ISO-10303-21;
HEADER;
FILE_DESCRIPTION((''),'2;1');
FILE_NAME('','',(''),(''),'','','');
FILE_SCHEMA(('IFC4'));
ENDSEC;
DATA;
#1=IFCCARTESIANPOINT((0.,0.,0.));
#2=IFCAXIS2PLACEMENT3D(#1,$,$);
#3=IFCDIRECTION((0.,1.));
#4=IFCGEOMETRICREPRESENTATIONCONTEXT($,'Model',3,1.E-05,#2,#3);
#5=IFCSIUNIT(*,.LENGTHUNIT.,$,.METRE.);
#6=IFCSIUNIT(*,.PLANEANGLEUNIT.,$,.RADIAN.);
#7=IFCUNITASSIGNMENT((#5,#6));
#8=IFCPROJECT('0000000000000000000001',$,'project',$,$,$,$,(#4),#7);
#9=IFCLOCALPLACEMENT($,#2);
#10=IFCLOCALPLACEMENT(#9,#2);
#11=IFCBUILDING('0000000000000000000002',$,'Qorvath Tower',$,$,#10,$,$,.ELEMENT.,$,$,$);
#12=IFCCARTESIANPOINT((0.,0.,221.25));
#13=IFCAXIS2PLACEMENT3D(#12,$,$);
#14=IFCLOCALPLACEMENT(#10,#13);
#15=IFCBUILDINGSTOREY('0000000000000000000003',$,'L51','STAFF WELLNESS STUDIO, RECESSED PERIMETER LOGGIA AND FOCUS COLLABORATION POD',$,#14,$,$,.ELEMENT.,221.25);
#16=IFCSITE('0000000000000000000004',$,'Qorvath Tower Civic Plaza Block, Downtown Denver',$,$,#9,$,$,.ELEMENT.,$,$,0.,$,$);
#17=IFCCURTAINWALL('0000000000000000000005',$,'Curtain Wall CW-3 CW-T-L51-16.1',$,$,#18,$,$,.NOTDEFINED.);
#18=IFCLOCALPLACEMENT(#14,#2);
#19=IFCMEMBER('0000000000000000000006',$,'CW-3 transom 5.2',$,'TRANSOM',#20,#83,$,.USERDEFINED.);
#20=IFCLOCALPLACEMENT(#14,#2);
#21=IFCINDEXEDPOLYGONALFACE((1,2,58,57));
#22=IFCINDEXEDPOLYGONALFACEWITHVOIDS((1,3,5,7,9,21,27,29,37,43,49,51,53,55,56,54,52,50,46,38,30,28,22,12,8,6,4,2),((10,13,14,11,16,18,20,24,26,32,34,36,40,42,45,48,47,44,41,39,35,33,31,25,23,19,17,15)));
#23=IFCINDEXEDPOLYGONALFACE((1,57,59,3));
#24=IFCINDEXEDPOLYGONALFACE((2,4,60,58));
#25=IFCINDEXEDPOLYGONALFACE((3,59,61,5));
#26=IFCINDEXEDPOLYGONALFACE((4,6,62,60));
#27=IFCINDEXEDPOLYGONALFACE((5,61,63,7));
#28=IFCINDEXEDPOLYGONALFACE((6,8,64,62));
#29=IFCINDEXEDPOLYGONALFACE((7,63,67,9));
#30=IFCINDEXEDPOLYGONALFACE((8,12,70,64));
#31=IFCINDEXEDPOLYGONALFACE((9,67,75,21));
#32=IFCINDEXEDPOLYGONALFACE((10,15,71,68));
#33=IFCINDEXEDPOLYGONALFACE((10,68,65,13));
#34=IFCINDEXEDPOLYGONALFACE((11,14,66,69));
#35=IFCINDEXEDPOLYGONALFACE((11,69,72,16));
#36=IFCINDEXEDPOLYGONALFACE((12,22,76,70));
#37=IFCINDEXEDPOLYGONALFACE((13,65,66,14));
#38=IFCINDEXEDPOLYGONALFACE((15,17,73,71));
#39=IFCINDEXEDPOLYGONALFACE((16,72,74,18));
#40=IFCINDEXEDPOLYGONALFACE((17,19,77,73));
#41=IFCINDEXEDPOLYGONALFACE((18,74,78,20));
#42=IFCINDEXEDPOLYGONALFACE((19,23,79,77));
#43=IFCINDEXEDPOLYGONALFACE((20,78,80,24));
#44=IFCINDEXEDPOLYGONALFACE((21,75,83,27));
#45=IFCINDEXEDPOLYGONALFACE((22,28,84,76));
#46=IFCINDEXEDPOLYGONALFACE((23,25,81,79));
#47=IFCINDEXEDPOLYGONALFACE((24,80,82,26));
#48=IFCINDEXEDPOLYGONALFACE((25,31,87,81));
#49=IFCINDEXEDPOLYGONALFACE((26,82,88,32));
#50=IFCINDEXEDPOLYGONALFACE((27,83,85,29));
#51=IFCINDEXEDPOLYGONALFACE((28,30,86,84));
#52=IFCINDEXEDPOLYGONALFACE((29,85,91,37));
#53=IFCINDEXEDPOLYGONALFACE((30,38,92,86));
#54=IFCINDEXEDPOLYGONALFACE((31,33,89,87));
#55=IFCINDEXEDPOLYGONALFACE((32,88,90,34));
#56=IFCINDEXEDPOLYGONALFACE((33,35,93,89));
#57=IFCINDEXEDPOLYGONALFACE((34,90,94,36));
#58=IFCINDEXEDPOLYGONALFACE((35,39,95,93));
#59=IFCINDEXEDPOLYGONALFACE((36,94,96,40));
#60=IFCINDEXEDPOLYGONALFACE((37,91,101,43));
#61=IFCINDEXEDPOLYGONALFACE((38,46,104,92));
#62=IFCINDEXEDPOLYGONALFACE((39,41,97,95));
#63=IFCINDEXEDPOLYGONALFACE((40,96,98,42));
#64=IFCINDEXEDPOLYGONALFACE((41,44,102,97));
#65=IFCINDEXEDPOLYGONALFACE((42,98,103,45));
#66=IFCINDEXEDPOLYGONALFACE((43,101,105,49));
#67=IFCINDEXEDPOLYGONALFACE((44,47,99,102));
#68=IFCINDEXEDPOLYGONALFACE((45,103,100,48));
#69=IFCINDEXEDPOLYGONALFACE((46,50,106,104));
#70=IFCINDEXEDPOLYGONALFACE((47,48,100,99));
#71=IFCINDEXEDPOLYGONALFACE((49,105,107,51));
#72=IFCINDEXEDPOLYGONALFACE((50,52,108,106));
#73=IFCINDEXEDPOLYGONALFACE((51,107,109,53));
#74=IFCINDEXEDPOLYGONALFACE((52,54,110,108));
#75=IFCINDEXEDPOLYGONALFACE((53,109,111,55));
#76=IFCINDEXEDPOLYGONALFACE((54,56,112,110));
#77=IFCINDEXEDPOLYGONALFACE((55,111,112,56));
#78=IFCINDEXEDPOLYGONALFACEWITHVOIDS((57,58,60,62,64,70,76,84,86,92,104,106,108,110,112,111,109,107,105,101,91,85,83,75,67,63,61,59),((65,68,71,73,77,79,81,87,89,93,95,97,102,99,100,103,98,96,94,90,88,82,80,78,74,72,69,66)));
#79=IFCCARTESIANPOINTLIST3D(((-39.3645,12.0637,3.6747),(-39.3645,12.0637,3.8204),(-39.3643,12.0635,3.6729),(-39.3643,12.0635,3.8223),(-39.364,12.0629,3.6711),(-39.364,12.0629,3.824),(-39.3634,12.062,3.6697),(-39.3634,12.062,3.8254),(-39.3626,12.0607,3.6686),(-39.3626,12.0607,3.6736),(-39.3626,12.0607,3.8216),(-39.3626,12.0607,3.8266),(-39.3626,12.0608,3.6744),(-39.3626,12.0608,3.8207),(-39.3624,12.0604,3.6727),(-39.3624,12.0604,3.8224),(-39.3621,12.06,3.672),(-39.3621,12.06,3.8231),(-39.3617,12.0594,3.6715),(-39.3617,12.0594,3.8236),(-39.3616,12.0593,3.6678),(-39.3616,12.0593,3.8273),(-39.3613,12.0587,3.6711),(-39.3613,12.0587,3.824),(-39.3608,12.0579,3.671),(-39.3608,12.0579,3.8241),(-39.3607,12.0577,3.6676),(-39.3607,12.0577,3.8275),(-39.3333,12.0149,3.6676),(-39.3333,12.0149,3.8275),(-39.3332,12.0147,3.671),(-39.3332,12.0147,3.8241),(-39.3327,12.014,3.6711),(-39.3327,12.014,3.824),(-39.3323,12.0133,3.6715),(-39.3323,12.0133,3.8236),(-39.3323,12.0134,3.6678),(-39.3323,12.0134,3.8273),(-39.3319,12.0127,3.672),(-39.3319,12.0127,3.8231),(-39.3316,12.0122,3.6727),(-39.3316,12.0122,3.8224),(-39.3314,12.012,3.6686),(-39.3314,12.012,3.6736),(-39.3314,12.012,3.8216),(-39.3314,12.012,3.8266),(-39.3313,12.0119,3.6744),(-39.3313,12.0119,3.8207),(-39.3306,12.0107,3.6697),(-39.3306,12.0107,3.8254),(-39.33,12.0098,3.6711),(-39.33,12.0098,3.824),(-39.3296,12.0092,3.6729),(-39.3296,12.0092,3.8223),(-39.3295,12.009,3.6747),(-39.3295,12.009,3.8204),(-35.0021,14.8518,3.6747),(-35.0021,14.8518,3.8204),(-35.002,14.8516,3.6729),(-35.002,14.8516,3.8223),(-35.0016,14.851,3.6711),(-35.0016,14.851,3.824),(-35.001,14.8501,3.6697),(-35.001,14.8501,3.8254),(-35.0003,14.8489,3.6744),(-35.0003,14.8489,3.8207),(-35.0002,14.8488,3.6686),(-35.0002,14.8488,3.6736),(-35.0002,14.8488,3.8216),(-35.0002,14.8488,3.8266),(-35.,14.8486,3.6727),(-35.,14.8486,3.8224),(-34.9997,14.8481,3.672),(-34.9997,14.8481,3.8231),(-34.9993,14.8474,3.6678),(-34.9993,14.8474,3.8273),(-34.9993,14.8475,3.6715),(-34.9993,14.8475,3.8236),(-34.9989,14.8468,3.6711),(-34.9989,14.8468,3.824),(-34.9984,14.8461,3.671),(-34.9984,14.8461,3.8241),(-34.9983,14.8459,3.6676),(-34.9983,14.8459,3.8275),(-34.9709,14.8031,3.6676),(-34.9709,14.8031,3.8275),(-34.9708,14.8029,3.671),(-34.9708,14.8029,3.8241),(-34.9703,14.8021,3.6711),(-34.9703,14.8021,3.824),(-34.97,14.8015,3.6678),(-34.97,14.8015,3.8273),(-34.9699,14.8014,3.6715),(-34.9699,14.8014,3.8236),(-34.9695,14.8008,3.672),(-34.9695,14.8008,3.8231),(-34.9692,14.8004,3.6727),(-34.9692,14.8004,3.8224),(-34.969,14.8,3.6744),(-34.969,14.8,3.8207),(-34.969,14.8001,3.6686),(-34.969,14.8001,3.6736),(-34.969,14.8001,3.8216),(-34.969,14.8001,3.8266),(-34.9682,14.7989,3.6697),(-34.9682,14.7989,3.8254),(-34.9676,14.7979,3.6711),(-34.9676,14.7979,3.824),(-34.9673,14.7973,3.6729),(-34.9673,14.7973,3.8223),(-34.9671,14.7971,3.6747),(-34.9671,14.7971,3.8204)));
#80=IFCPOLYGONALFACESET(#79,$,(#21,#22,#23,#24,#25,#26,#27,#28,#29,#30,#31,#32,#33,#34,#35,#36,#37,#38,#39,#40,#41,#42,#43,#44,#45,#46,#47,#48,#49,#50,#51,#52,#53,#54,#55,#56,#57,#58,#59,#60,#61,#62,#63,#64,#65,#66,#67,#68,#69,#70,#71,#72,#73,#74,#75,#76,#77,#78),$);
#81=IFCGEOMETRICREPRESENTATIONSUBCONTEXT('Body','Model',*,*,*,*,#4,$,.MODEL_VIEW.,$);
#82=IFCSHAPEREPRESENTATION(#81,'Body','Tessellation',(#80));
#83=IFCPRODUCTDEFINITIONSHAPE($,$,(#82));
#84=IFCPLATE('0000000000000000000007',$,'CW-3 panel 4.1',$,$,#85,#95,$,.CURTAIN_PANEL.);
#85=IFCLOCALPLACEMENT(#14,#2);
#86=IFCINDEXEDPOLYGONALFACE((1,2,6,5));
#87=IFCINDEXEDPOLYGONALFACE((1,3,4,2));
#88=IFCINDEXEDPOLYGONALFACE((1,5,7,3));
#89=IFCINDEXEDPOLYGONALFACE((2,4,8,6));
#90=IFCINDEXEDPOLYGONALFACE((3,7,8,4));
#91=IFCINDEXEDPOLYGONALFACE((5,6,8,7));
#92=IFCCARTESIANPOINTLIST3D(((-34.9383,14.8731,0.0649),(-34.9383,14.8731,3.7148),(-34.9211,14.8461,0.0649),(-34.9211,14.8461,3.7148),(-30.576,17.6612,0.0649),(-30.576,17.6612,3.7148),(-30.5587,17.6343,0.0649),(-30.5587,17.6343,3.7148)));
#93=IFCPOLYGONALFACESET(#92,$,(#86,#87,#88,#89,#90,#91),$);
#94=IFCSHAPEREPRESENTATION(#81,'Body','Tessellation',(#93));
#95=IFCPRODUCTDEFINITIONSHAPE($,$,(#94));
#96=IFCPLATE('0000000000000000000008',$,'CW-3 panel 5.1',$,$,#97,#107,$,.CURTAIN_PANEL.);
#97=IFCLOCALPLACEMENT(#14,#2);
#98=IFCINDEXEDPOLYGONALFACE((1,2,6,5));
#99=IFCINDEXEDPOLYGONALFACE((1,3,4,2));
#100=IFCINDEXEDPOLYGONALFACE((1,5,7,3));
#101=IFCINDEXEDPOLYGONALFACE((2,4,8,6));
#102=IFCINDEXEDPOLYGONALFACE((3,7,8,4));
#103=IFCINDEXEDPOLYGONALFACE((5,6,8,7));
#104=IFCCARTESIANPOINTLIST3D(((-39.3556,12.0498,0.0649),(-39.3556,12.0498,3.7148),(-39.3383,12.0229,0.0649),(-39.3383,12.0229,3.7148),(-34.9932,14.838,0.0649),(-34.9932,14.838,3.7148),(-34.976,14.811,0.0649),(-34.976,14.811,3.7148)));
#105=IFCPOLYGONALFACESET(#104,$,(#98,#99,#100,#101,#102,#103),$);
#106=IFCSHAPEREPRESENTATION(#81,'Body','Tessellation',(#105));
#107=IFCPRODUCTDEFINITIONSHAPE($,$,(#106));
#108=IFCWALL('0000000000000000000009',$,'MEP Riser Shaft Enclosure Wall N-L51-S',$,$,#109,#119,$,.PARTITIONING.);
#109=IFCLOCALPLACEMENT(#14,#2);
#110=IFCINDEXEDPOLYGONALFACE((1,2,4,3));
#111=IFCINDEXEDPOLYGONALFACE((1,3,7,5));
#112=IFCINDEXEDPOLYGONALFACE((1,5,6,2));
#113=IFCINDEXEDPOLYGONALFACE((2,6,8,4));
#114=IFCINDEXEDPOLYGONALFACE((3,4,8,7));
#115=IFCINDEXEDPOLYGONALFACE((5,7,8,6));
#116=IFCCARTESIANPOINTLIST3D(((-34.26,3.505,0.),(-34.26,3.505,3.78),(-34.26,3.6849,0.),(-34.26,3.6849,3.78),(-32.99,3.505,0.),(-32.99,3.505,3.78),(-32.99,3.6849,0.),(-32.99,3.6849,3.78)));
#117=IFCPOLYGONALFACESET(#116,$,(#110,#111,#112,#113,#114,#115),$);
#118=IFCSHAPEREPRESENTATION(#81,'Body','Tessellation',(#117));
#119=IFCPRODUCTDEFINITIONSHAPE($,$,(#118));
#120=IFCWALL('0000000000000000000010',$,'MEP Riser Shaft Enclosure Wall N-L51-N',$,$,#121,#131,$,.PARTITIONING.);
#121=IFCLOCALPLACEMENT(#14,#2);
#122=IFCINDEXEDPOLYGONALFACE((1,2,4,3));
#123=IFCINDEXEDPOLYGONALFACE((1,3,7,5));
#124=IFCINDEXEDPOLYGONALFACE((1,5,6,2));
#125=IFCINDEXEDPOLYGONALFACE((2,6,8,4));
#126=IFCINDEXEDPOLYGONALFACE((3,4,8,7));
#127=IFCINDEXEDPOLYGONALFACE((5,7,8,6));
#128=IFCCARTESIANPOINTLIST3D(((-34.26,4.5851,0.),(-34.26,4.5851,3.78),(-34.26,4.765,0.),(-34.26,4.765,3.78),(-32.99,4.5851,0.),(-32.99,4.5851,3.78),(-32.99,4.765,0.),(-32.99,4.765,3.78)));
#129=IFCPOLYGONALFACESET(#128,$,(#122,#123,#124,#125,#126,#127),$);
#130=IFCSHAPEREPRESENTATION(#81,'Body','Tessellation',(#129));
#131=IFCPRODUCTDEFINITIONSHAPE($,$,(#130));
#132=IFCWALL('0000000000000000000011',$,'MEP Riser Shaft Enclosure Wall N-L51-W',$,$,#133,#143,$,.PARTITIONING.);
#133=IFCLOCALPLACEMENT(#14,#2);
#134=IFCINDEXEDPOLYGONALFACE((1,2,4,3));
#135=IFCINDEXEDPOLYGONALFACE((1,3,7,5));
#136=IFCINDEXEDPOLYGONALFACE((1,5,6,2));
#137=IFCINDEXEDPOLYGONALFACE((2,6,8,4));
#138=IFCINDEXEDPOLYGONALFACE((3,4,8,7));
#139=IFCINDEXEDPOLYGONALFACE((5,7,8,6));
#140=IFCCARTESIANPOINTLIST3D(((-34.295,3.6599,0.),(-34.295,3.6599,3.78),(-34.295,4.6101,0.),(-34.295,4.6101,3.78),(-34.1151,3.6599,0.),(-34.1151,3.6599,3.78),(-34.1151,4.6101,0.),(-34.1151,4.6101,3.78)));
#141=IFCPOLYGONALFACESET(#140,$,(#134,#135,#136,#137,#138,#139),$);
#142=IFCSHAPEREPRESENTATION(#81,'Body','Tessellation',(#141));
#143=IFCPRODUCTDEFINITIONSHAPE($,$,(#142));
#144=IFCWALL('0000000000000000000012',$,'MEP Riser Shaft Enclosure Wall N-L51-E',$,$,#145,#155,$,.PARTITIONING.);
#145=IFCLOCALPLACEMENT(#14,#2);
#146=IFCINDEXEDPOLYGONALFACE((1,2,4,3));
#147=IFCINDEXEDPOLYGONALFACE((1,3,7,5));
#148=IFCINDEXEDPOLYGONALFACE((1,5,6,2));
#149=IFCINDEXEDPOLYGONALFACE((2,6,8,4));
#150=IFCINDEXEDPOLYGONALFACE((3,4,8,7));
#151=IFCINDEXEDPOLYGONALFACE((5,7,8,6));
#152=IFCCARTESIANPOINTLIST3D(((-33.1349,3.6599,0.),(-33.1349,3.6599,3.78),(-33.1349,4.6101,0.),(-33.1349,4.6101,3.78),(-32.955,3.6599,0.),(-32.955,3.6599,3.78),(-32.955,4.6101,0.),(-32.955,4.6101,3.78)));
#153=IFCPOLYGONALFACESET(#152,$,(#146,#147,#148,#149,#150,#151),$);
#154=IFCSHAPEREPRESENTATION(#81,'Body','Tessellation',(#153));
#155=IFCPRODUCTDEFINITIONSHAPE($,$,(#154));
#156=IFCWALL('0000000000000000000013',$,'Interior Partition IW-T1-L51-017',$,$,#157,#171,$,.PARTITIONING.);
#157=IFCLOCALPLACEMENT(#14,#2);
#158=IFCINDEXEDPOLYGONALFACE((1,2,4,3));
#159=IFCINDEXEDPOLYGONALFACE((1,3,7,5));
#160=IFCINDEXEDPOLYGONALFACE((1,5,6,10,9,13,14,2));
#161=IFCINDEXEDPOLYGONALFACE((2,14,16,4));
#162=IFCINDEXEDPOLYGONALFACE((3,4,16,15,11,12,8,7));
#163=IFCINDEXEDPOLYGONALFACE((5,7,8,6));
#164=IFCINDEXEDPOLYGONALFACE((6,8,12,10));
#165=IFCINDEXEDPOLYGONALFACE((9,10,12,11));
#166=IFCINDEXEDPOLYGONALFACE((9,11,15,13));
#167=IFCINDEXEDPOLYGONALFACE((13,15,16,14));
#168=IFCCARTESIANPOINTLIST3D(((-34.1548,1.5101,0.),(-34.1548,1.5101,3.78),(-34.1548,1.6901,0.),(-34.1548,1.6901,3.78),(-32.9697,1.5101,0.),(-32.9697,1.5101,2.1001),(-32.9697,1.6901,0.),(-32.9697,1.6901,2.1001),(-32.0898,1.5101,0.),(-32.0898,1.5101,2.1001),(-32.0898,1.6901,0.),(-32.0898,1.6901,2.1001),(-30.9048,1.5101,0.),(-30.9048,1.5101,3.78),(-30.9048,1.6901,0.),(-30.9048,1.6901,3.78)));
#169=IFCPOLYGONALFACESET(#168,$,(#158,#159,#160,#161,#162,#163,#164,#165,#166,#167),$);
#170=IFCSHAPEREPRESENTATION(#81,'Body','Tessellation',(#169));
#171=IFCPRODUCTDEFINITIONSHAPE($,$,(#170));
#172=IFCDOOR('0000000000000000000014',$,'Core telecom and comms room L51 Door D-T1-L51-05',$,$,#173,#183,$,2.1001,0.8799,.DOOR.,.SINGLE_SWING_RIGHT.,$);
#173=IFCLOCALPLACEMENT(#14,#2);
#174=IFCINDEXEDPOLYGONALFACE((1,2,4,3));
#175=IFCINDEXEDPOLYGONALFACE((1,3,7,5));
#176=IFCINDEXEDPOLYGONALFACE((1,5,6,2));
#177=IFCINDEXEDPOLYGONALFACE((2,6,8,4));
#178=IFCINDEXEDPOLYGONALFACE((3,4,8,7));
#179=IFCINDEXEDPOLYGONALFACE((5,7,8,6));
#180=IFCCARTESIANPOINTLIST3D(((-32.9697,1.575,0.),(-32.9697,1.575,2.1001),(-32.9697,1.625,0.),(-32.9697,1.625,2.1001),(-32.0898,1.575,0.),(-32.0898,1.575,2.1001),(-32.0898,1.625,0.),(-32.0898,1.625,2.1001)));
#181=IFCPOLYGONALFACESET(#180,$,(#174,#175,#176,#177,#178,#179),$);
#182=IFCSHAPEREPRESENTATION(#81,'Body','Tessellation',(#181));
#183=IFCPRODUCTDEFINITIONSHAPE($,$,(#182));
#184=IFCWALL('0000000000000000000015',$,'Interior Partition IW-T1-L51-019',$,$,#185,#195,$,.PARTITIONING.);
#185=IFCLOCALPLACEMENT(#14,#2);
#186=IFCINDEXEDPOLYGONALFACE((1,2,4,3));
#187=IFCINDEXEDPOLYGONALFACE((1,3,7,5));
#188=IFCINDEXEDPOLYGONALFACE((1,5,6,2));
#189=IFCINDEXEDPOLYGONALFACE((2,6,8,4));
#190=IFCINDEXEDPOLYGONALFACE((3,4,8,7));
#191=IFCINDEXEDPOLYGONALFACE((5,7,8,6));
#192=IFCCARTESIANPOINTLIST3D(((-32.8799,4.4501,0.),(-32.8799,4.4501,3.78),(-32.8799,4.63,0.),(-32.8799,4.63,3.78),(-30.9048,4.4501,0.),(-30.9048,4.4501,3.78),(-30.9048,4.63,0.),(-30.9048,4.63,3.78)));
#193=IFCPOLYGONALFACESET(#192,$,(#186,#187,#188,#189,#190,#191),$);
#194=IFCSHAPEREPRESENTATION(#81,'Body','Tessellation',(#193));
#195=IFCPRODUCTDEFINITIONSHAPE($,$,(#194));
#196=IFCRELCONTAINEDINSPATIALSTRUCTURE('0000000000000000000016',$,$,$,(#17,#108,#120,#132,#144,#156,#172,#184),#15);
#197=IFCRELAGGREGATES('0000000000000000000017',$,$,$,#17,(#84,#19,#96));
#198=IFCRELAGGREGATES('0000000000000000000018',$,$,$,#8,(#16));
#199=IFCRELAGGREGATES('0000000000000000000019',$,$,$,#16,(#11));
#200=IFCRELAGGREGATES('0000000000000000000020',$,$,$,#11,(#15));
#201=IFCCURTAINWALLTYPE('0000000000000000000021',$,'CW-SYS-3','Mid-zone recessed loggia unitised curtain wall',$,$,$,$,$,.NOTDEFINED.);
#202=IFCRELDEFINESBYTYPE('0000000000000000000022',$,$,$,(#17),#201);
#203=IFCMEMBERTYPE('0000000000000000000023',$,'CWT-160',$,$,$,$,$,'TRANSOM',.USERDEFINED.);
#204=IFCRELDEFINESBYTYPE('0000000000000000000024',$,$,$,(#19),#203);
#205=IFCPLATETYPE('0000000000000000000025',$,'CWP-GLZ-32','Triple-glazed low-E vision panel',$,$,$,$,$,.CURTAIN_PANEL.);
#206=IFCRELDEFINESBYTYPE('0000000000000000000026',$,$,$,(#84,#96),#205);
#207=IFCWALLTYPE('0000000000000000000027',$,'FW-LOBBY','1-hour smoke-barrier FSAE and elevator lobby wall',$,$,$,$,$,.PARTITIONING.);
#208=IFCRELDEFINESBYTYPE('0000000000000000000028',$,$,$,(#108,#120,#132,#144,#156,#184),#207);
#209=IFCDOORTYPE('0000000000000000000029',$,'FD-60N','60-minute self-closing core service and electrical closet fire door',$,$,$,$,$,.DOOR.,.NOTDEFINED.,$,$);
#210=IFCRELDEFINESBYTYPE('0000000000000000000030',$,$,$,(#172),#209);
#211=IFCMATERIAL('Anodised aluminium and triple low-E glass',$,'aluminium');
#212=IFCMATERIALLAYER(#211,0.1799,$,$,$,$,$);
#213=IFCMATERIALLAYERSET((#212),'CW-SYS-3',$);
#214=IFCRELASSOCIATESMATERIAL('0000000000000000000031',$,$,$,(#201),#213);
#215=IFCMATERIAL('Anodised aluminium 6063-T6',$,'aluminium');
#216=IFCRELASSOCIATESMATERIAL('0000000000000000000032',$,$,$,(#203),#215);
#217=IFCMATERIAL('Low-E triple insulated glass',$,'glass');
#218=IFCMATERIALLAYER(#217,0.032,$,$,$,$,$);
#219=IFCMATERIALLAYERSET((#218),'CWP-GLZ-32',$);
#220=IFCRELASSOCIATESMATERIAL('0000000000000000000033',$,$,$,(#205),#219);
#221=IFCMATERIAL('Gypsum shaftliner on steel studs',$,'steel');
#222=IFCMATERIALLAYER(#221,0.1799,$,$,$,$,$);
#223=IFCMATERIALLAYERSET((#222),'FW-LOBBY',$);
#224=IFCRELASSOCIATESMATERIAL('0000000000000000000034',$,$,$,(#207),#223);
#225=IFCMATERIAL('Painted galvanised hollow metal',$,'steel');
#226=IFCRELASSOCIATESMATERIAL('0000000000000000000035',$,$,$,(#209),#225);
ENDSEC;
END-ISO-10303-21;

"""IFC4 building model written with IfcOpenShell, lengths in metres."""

from ifc_helpers import new_model, si_unit, direction, frame, frame_2d, origin, origin_2d, place, context, subcontext, project, spatial, rectangle, hollow_rectangle, extrude, material, layer, layer_set, material_profile, profile_set, type_object, element, fill, aggregate, save


model = new_model("IFC4")

# Units and contexts
model_context = context("Model", 3, precision=1e-05, world=origin(), true_north=direction((0.0, 1.0)))
body_context = subcontext(model_context, "Body", "Model", "MODEL_VIEW")
ifc_project = project(units=[si_unit("LENGTHUNIT", "METRE"), si_unit("PLANEANGLEUNIT", "RADIAN")], contexts=[model_context])

# Site, building, storey
site_placement = place(None, origin())
site = spatial("IfcSite", under=ifc_project, at=site_placement, Name="Qorvath Tower Civic Plaza Block, Downtown Denver", CompositionType="ELEMENT", RefElevation=0.0)
building_placement = place(site_placement, origin())
building = spatial("IfcBuilding", under=site, at=building_placement, Name="Qorvath Tower", CompositionType="ELEMENT")
storey_placement = place(building_placement, frame((0.0, 0.0, 221.25)))
storey = spatial("IfcBuildingStorey", under=building, at=storey_placement, Name="L51", Description="STAFF WELLNESS STUDIO, RECESSED PERIMETER LOGGIA AND FOCUS COLLABORATION POD", CompositionType="ELEMENT", Elevation=221.25)

# Curtain wall, member, plates
ifc_material_1 = material(Name="Anodised aluminium and triple low-E glass", Category="aluminium")
ifc_layer_1 = layer(ifc_material_1, 0.1799)
ifc_layer_set_1 = layer_set([ifc_layer_1], Name="CW-SYS-3")
curtain_wall_type = type_object("IfcCurtainWallType", Name="CW-SYS-3", Description="Mid-zone recessed loggia unitised curtain wall", PredefinedType="NOTDEFINED", material=ifc_layer_set_1)
curtain_wall_placement = place(storey_placement, origin())
curtain_wall = element("IfcCurtainWall", 1, at=curtain_wall_placement, inside=storey, type_object=curtain_wall_type, Name="Curtain Wall CW-3 CW-T-L51-16.1", PredefinedType="NOTDEFINED")
ifc_material_2 = material(Name="Anodised aluminium 6063-T6", Category="aluminium")
ifc_material_profile_1 = material_profile(ifc_material_2, hollow_rectangle(XDim=0.0649, YDim=0.1599, WallThickness=0.0034, InnerFilletRadius=0.0034, OuterFilletRadius=0.0071, at=origin_2d()), Name="CWT 160x65")
ifc_profile_set_1 = profile_set([ifc_material_profile_1], Name="Anodised aluminium 6063-T6")
member_type_1 = type_object("IfcMemberType", Name="CWT-160", ElementType="TRANSOM", PredefinedType="USERDEFINED", material=ifc_profile_set_1)
member_1_placement = place(storey_placement, frame((-34.9846, 14.8245, 3.7476), z_axis=(-0.842604, -0.538534, 0.0), x_axis=(0.538534, -0.842604, 0.0)))
member_1 = element("IfcMember", 2, at=member_1_placement, type_object=member_type_1, Name="CW-3 transom 5.2", ObjectType="TRANSOM", PredefinedType="USERDEFINED", context=body_context, shape_type="SweptSolid", body=[
    extrude(hollow_rectangle(XDim=0.0649, YDim=0.1599, WallThickness=0.0034, InnerFilletRadius=0.0034, OuterFilletRadius=0.0071, at=origin_2d()), origin(), (0.0, 0.0, 1.0), 5.1772),
])
ifc_material_3 = material(Name="Low-E triple insulated glass", Category="glass")
ifc_layer_2 = layer(ifc_material_3, 0.032)
ifc_layer_set_2 = layer_set([ifc_layer_2], Name="CWP-GLZ-32")
plate_type = type_object("IfcPlateType", Name="CWP-GLZ-32", Description="Triple-glazed low-E vision panel", PredefinedType="CURTAIN_PANEL", material=ifc_layer_set_2)
plate_1_placement = place(storey_placement, frame((-32.7485, 16.2537, 0.0649), z_axis=(0.0, 0.0, 1.0), x_axis=(-0.842603, -0.538535, 0.0)))
plate_1 = element("IfcPlate", 3, at=plate_1_placement, type_object=plate_type, Name="CW-3 panel 4.1", PredefinedType="CURTAIN_PANEL", context=body_context, shape_type="SweptSolid", body=[
    extrude(rectangle(XDim=5.1772, YDim=0.032, at=origin_2d()), origin(), (0.0, 0.0, 1.0), 3.6499),
])
plate_2_placement = place(storey_placement, frame((-37.1658, 13.4304, 0.0649), z_axis=(0.0, 0.0, 1.0), x_axis=(-0.842603, -0.538535, 0.0)))
plate_2 = element("IfcPlate", 4, at=plate_2_placement, type_object=plate_type, Name="CW-3 panel 5.1", PredefinedType="CURTAIN_PANEL", context=body_context, shape_type="SweptSolid", body=[
    extrude(rectangle(XDim=5.1772, YDim=0.032, at=origin_2d()), origin(), (0.0, 0.0, 1.0), 3.6499),
])
aggregate(curtain_wall, [plate_1, member_1, plate_2])

# Walls
ifc_material_4 = material(Name="Gypsum shaftliner on steel studs", Category="steel")
ifc_layer_3 = layer(ifc_material_4, 0.1799)
ifc_layer_set_3 = layer_set([ifc_layer_3], Name="FW-LOBBY")
wall_type_1 = type_object("IfcWallType", Name="FW-LOBBY", Description="1-hour smoke-barrier FSAE and elevator lobby wall", PredefinedType="PARTITIONING", material=ifc_layer_set_3)
for number, where, z_axis, x_axis, name in (
    (5, (-32.99, 3.595, 0.0), (0.0, 0.0, 1.0), (-1.0, 0.0, 0.0), "MEP Riser Shaft Enclosure Wall N-L51-S"),
    (6, (-34.26, 4.675, 0.0), (0.0, 0.0, 1.0), (1.0, 0.0, 0.0), "MEP Riser Shaft Enclosure Wall N-L51-N"),
):
    element("IfcWall", number, at=place(storey_placement, frame(where, z_axis=z_axis, x_axis=x_axis)), inside=storey, type_object=wall_type_1, Name=name, PredefinedType="PARTITIONING", context=body_context, shape_type="SweptSolid", body=[
        extrude(rectangle(XDim=1.27, YDim=0.1799, at=frame_2d((0.635, 0.0))), origin(), (0.0, 0.0, 1.0), 3.78),
    ])
for number, where, z_axis, x_axis, name in (
    (7, (-34.2051, 3.6599, 0.0), (0.0, 0.0, 1.0), (0.0, 1.0, 0.0), "MEP Riser Shaft Enclosure Wall N-L51-W"),
    (8, (-33.0449, 4.6101, 0.0), (0.0, 0.0, 1.0), (0.0, -1.0, 0.0), "MEP Riser Shaft Enclosure Wall N-L51-E"),
):
    element("IfcWall", number, at=place(storey_placement, frame(where, z_axis=z_axis, x_axis=x_axis)), inside=storey, type_object=wall_type_1, Name=name, PredefinedType="PARTITIONING", context=body_context, shape_type="SweptSolid", body=[
        extrude(rectangle(XDim=0.9502, YDim=0.1799, at=frame_2d((0.4751, 0.0))), origin(), (0.0, 0.0, 1.0), 3.78),
    ])

# Wall, opening, door
wall_1_placement = place(storey_placement, frame((-34.1548, 1.6001, 0.0), z_axis=(0.0, 0.0, 1.0), x_axis=(1.0, 0.0, 0.0)))
wall_1 = element("IfcWall", 9, at=wall_1_placement, inside=storey, type_object=wall_type_1, Name="Interior Partition IW-T1-L51-017", PredefinedType="PARTITIONING", context=body_context, shape_type="SweptSolid", body=[
    extrude(rectangle(XDim=3.25, YDim=0.1799, at=frame_2d((1.625, 0.0))), origin(), (0.0, 0.0, 1.0), 3.78),
])
opening_1_placement = place(wall_1_placement, frame((1.1851, 0.0, 0.0)))
opening_1 = element("IfcOpeningElement", 10, at=opening_1_placement, cuts=wall_1, PredefinedType="OPENING", context=body_context, shape_type="SweptSolid", body=[
    extrude(rectangle(XDim=0.8799, YDim=2.1001, at=frame_2d((0.4399, 1.05))), frame((0.0, 0.1001, 0.0), z_axis=(0.0, -1.0, 0.0), x_axis=(1.0, 0.0, 0.0)), (0.0, 0.0, 1.0), 0.2),
])
ifc_material_5 = material(Name="Painted galvanised hollow metal", Category="steel")
door_type_1 = type_object("IfcDoorType", Name="FD-60N", Description="60-minute self-closing core service and electrical closet fire door", OperationType="NOTDEFINED", PredefinedType="DOOR", material=ifc_material_5)
door_1_placement = place(opening_1_placement, origin())
door_1 = element("IfcDoor", 11, at=door_1_placement, inside=storey, type_object=door_type_1, Name="Core telecom and comms room L51 Door D-T1-L51-05", OperationType="SINGLE_SWING_RIGHT", OverallHeight=2.1001, OverallWidth=0.8799, PredefinedType="DOOR", context=body_context, shape_type="SweptSolid", body=[
    extrude(rectangle(XDim=0.8799, YDim=2.1001, at=frame_2d((0.4399, 1.05))), frame((0.0, 0.0249, 0.0), z_axis=(0.0, -1.0, 0.0), x_axis=(1.0, 0.0, 0.0)), (0.0, 0.0, 1.0), 0.05),
])
fill(opening_1, door_1)

# Wall
wall_2_placement = place(storey_placement, frame((-30.9048, 4.54, 0.0), z_axis=(0.0, 0.0, 1.0), x_axis=(-1.0, 0.0, 0.0)))
element("IfcWall", 12, at=wall_2_placement, inside=storey, type_object=wall_type_1, Name="Interior Partition IW-T1-L51-019", PredefinedType="PARTITIONING", context=body_context, shape_type="SweptSolid", body=[
    extrude(rectangle(XDim=1.9751, YDim=0.1799, at=frame_2d((0.9875, 0.0))), origin(), (0.0, 0.0, 1.0), 3.78),
])

save(model, "model.ifc")
